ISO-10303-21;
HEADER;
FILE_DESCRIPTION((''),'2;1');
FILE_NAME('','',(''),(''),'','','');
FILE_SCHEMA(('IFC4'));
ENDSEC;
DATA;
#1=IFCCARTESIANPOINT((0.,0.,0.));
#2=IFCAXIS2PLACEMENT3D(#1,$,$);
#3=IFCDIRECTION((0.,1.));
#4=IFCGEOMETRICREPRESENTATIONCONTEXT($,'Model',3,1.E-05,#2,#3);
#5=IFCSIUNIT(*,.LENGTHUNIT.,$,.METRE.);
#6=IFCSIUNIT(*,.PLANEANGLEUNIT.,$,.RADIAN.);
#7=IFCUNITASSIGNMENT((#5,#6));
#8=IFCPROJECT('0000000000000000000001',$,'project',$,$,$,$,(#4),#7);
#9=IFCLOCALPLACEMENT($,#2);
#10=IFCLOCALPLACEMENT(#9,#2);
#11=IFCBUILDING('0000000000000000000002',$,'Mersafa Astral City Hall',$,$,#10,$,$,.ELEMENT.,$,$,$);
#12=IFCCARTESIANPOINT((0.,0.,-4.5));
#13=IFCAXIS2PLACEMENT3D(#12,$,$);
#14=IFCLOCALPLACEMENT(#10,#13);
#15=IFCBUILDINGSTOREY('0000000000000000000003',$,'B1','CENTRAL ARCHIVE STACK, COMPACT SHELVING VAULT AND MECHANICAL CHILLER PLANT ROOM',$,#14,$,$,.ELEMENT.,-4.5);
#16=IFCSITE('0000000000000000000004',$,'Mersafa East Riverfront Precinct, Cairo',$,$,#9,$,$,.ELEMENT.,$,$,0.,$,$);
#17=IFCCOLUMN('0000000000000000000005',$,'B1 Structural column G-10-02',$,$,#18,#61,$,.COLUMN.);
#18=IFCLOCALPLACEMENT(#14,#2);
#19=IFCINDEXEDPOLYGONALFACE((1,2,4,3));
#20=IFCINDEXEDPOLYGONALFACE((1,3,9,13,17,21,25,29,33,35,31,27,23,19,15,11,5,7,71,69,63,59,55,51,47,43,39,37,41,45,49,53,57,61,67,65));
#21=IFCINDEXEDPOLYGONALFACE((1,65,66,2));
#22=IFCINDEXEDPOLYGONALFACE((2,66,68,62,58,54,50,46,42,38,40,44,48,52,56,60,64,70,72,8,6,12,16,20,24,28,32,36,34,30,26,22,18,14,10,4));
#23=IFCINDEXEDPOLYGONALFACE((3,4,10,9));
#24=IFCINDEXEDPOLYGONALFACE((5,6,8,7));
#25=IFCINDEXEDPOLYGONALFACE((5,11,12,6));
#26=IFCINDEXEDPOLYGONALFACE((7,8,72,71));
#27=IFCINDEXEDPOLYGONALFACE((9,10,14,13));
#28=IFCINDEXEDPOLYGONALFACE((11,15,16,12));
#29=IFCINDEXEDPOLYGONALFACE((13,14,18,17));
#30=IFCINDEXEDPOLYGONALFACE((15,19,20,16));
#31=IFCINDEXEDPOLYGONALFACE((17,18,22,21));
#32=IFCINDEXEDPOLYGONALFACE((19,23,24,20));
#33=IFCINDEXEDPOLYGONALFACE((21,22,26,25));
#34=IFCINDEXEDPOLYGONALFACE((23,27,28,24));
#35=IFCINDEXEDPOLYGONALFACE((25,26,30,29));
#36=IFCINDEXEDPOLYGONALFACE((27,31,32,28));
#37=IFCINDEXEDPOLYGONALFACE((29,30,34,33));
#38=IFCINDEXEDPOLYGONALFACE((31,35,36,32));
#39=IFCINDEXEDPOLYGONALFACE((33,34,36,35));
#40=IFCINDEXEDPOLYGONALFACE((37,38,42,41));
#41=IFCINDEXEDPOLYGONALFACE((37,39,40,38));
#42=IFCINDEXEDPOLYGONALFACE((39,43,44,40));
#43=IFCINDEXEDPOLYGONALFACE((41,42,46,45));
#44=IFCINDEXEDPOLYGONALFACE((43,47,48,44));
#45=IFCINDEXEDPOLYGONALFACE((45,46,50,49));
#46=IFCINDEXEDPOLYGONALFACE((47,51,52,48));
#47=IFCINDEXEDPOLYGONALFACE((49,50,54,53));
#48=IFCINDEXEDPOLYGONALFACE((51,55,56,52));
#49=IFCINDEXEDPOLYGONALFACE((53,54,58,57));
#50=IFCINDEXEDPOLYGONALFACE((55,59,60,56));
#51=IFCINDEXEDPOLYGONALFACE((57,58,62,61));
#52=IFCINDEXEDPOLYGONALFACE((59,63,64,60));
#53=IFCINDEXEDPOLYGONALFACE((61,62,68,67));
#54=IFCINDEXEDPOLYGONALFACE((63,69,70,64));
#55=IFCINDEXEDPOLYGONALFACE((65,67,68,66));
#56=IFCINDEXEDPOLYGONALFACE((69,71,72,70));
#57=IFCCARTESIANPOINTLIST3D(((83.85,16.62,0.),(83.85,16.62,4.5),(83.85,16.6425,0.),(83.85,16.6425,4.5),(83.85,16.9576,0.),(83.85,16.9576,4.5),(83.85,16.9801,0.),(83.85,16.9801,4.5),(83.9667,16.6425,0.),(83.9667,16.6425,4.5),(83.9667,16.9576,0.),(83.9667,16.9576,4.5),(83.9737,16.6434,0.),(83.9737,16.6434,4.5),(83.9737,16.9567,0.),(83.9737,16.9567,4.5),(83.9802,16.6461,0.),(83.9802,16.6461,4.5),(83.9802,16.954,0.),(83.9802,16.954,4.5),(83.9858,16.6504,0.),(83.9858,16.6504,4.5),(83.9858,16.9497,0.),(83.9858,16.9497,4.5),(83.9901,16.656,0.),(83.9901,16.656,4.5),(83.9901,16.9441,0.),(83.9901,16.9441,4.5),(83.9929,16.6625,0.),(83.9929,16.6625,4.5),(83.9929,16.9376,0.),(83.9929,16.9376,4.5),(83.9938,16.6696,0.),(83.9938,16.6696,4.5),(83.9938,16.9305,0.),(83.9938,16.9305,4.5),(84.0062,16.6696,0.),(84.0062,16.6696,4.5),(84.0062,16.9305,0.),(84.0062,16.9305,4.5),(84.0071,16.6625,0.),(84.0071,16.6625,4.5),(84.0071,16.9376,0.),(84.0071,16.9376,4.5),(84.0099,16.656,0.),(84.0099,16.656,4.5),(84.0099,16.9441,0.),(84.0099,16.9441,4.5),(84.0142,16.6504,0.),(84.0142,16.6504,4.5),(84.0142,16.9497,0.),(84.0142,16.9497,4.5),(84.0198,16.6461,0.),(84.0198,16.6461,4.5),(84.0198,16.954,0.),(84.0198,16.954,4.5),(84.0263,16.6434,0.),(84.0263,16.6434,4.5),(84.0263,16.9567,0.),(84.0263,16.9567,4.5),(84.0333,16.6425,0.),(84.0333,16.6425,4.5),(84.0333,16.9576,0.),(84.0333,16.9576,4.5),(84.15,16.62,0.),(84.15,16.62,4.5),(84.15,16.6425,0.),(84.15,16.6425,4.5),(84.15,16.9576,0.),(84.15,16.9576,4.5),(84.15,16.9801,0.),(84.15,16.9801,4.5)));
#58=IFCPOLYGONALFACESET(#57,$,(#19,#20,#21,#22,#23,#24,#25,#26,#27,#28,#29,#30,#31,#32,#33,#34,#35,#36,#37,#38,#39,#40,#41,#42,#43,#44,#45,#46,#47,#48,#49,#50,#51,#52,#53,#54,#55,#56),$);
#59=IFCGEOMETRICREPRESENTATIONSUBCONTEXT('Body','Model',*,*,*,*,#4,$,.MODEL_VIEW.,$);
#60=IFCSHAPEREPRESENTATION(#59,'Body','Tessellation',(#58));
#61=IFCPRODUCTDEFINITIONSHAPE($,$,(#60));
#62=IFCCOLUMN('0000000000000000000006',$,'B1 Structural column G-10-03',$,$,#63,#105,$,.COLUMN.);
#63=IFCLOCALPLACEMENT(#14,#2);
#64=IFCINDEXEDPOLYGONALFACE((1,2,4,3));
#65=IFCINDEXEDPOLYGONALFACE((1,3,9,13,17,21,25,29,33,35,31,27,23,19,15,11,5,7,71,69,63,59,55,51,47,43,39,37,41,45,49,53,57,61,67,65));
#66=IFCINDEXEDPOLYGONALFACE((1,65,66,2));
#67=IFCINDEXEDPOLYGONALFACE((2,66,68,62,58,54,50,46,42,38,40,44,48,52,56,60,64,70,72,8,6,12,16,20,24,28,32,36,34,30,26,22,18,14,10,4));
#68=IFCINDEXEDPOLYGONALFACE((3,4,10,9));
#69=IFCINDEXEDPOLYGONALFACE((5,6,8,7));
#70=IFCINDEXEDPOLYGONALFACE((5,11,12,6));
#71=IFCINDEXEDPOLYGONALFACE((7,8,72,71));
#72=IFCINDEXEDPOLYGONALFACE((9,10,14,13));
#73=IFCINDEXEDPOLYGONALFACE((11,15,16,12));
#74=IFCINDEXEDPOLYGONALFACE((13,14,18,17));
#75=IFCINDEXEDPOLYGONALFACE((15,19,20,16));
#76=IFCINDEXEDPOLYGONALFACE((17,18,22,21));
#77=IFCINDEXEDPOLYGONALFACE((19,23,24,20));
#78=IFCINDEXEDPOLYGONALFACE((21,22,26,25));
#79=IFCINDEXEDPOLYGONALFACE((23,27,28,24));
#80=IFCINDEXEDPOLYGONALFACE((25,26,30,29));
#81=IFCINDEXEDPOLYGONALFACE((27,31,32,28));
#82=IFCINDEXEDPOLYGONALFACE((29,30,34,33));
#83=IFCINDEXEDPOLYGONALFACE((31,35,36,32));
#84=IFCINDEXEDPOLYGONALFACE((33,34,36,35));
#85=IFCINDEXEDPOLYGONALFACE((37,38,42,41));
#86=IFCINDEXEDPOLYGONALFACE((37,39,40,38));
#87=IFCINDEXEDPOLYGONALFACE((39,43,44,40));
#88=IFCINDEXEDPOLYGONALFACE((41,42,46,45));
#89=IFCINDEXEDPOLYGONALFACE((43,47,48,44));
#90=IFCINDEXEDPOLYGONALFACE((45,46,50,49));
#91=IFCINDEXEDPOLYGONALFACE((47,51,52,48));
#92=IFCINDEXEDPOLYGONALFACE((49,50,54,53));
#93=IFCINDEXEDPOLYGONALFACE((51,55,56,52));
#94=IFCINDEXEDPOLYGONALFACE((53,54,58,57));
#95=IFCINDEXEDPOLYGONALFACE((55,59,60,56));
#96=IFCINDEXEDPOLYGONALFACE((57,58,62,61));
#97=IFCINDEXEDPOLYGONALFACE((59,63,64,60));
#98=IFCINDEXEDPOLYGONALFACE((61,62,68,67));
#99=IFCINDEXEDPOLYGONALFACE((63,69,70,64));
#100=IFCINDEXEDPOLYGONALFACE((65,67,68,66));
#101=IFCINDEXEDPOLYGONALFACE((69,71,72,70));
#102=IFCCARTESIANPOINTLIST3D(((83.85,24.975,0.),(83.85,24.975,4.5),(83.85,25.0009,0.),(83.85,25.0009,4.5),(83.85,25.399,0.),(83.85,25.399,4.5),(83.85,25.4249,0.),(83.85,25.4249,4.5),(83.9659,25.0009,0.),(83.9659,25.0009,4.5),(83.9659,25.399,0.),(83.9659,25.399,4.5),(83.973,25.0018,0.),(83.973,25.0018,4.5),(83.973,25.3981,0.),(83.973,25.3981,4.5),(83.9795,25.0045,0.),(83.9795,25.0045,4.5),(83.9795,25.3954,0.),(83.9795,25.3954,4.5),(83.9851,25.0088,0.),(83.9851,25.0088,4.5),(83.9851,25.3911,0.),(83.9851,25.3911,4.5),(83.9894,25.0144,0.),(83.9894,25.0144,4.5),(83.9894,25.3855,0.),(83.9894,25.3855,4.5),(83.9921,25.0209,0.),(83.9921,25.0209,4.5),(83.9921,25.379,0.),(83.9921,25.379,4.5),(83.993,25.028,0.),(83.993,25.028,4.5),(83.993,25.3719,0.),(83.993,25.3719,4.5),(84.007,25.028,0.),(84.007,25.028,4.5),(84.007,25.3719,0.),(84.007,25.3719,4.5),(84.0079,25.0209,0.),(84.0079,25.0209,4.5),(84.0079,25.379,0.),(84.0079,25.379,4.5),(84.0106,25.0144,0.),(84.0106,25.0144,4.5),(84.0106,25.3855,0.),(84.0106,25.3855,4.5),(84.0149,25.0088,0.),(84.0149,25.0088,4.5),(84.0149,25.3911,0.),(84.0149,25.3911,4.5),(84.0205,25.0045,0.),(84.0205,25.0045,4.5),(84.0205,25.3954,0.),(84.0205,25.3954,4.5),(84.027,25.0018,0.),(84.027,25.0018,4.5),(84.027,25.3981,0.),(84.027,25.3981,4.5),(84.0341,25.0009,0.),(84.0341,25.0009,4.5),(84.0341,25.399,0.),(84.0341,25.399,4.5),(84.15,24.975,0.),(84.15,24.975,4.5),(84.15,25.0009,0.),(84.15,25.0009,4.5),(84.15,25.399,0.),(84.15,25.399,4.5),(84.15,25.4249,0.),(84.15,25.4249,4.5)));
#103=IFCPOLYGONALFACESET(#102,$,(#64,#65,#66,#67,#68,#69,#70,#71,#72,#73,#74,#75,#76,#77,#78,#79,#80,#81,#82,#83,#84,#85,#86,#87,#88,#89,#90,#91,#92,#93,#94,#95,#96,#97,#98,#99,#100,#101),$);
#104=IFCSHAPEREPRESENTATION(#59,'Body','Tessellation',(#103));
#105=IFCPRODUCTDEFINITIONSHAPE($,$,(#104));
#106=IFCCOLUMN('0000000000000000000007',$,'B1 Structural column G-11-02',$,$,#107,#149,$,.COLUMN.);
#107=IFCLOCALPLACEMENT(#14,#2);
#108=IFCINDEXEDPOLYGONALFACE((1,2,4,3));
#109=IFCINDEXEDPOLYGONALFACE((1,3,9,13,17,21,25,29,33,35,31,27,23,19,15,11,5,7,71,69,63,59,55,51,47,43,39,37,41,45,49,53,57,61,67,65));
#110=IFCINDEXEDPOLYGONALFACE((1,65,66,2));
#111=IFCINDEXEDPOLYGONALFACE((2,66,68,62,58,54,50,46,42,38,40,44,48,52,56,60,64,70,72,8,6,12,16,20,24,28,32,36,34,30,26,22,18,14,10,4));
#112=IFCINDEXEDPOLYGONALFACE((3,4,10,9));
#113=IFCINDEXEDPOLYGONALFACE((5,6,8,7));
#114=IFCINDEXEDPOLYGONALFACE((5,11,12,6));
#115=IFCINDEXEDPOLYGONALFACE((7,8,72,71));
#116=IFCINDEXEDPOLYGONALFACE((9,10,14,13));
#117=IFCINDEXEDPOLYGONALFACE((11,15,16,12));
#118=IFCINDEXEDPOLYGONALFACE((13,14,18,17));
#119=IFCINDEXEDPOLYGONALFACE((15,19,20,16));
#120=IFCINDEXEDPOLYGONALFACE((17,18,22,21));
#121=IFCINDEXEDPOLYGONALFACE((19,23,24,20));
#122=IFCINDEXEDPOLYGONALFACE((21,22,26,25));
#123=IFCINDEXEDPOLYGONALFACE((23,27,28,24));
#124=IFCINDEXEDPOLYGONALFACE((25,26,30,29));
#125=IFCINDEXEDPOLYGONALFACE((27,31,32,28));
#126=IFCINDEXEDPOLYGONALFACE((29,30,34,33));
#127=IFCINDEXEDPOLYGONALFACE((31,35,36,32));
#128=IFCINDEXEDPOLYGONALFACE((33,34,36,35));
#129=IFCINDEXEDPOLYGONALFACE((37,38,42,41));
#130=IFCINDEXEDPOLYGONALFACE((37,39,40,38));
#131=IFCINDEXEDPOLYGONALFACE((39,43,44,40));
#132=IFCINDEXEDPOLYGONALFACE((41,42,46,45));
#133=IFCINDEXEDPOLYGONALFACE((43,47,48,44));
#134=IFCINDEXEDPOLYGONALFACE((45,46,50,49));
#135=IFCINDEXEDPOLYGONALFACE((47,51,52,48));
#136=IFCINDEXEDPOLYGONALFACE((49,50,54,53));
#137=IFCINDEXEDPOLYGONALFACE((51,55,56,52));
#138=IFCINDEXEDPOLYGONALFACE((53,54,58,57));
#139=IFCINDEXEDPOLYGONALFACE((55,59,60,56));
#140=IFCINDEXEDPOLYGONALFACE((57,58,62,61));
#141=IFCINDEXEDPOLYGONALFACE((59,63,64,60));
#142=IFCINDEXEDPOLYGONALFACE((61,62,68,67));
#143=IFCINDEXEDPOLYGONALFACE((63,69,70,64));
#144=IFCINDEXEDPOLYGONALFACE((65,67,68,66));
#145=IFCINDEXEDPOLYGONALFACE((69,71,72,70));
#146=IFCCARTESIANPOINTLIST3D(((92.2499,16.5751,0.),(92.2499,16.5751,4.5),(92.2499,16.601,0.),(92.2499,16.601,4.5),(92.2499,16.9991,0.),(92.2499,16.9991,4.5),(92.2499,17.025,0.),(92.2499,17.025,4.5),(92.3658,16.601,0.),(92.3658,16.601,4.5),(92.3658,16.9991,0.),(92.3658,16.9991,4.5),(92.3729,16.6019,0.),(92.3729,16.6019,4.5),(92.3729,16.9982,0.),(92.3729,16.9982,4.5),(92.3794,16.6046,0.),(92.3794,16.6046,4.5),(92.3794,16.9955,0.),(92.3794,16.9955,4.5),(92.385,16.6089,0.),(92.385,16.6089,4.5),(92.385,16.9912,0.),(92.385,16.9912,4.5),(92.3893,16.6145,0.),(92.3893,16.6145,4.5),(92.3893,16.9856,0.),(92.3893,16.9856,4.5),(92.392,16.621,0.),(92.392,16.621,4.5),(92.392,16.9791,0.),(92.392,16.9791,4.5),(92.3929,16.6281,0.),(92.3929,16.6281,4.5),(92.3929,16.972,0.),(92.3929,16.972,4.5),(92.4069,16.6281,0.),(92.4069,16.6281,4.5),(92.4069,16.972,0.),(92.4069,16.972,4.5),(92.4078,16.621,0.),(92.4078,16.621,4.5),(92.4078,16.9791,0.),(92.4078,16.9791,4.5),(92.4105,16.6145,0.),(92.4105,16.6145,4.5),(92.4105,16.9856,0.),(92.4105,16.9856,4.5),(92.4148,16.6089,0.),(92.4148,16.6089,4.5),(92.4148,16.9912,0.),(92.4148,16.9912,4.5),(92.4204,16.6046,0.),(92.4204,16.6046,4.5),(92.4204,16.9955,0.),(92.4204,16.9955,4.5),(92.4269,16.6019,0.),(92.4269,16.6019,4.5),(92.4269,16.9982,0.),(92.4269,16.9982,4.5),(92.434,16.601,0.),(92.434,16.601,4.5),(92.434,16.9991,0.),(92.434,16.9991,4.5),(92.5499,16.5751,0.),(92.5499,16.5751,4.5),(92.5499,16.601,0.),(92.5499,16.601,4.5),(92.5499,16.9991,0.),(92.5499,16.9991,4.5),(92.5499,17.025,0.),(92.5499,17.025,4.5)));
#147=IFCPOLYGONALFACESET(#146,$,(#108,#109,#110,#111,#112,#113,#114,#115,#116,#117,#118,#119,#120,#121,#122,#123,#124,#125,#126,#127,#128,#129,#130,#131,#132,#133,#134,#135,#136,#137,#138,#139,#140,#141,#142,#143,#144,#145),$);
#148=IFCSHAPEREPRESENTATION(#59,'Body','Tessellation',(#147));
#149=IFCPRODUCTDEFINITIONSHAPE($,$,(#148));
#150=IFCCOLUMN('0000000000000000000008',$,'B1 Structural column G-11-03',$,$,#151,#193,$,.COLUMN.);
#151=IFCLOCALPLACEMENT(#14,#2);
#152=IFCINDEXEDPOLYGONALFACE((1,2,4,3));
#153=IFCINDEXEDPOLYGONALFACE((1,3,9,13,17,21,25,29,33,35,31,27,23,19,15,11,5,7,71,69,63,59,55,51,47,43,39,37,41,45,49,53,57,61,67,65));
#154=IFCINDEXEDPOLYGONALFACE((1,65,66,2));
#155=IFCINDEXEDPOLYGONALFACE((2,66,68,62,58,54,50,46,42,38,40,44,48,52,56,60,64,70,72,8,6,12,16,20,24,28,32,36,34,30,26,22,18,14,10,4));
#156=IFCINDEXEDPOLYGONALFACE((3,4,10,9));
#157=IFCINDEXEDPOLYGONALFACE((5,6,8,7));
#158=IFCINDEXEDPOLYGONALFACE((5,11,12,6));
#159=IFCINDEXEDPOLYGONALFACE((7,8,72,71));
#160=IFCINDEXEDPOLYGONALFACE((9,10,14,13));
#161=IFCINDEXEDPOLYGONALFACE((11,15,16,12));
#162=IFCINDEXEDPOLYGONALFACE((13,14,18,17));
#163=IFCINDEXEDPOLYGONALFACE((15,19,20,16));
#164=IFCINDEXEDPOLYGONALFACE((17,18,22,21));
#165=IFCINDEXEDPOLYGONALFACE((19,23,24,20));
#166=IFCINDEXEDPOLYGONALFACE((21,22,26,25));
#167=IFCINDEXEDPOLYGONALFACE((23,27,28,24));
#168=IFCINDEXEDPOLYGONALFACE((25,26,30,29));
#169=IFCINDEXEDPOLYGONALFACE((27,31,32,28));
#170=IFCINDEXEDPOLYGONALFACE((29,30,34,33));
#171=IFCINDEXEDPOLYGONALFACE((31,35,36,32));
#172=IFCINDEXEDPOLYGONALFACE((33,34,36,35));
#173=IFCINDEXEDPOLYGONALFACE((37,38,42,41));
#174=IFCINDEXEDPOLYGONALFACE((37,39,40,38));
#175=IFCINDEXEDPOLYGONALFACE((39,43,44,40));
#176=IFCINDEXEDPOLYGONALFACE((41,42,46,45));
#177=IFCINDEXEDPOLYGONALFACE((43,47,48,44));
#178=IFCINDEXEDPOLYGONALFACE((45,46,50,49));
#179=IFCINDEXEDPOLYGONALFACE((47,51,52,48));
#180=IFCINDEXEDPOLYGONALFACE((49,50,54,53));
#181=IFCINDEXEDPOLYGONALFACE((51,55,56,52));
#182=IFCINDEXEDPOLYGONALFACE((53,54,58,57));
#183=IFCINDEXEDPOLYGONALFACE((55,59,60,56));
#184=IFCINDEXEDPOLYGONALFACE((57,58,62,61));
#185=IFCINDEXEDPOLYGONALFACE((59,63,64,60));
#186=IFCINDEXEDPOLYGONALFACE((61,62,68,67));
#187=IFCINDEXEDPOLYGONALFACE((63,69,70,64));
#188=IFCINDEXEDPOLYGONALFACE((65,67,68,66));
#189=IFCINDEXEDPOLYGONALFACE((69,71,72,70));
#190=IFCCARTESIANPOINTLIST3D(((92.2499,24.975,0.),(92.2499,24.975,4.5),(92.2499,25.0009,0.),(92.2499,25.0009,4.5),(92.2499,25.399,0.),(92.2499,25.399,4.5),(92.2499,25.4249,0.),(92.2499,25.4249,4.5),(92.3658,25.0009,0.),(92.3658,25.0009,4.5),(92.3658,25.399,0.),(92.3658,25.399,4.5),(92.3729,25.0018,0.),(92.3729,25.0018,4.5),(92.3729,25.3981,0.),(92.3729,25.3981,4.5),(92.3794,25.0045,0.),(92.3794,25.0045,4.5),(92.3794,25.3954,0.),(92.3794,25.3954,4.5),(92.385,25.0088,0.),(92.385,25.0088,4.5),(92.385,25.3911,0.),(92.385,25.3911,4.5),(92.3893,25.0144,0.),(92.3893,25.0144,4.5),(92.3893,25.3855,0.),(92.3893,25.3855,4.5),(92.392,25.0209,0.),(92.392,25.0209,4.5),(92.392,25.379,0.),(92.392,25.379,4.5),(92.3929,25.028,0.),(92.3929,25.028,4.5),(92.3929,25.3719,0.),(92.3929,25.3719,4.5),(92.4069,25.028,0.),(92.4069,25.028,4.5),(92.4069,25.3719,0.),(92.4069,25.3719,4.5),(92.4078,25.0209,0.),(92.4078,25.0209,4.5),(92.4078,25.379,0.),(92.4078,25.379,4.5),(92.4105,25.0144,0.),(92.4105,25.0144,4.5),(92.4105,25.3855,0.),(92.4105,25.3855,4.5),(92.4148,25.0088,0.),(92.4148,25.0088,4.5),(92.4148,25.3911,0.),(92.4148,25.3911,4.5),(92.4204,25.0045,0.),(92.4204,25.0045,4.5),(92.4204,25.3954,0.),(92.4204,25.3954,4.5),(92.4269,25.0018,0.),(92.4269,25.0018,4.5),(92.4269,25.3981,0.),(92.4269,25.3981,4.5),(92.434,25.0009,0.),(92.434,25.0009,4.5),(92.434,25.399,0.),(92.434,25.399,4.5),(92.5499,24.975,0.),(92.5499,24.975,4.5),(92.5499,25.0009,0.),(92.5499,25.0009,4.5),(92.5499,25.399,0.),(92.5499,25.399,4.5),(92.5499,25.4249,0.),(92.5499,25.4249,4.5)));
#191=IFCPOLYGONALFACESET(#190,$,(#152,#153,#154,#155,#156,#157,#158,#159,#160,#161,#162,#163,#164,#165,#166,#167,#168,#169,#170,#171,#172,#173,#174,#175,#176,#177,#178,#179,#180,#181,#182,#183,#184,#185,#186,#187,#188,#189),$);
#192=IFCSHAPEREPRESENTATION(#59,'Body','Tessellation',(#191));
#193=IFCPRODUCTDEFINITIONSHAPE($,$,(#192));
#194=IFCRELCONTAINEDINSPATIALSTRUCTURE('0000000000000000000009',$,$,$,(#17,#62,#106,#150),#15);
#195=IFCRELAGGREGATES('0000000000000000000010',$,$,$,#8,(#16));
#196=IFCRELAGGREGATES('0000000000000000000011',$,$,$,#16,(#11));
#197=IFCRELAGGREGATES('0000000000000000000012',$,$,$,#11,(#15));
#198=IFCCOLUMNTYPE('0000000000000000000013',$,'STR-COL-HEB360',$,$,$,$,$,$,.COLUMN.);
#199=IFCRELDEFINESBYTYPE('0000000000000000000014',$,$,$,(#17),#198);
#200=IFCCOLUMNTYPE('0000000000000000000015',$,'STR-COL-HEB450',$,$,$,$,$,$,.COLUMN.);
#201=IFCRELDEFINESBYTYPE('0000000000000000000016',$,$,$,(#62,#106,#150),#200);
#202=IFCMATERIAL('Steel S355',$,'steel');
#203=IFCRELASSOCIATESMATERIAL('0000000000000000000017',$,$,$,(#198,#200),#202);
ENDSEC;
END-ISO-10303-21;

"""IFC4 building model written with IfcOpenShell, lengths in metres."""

from ifc_helpers import new_model, si_unit, direction, frame, origin, origin_2d, place, context, subcontext, project, spatial, i_section, extrude, material, material_profile, profile_set, type_object, element, save


model = new_model("IFC4")

# Units and contexts
model_context = context("Model", 3, precision=1e-05, world=origin(), true_north=direction((0.0, 1.0)))
body_context = subcontext(model_context, "Body", "Model", "MODEL_VIEW")
ifc_project = project(units=[si_unit("LENGTHUNIT", "METRE"), si_unit("PLANEANGLEUNIT", "RADIAN")], contexts=[model_context])

# Site, building, storey
site_placement = place(None, origin())
site = spatial("IfcSite", under=ifc_project, at=site_placement, Name="Mersafa East Riverfront Precinct, Cairo", CompositionType="ELEMENT", RefElevation=0.0)
building_placement = place(site_placement, origin())
building = spatial("IfcBuilding", under=site, at=building_placement, Name="Mersafa Astral City Hall", CompositionType="ELEMENT")
storey_placement = place(building_placement, frame((0.0, 0.0, -4.5)))
storey = spatial("IfcBuildingStorey", under=building, at=storey_placement, Name="B1", Description="CENTRAL ARCHIVE STACK, COMPACT SHELVING VAULT AND MECHANICAL CHILLER PLANT ROOM", CompositionType="ELEMENT", Elevation=-4.5)

# Columns
ifc_material_1 = material(Name="Steel S355", Category="steel")
ifc_material_profile_1 = material_profile(ifc_material_1, i_section(OverallWidth=0.3, OverallDepth=0.3601, WebThickness=0.0125, FlangeThickness=0.0225, FilletRadius=0.0271, at=origin_2d()), Name="HEB 360")
ifc_profile_set_1 = profile_set([ifc_material_profile_1], Name="Steel S355")
column_type_1 = type_object("IfcColumnType", Name="STR-COL-HEB360", PredefinedType="COLUMN", material=ifc_profile_set_1)
column_1_placement = place(storey_placement, frame((84.0, 16.8, 0.0), z_axis=(0.0, 0.0, 1.0), x_axis=(1.0, 0.0, 0.0)))
element("IfcColumn", 1, at=column_1_placement, inside=storey, type_object=column_type_1, Name="B1 Structural column G-10-02", PredefinedType="COLUMN", context=body_context, shape_type="SweptSolid", body=[
    extrude(i_section(OverallWidth=0.3, OverallDepth=0.3601, WebThickness=0.0125, FlangeThickness=0.0225, FilletRadius=0.0271, at=origin_2d()), origin(), (0.0, 0.0, 1.0), 4.5),
])
ifc_material_profile_2 = material_profile(ifc_material_1, i_section(OverallWidth=0.3, OverallDepth=0.45, WebThickness=0.0139, FlangeThickness=0.0259, FilletRadius=0.0271, at=origin_2d()), Name="HEB 450")
ifc_profile_set_2 = profile_set([ifc_material_profile_2], Name="Steel S355")
column_type_2 = type_object("IfcColumnType", Name="STR-COL-HEB450", PredefinedType="COLUMN", material=ifc_profile_set_2)
for number, where, z_axis, x_axis, name in (
    (2, (84.0, 25.2, 0.0), (0.0, 0.0, 1.0), (1.0, 0.0, 0.0), "B1 Structural column G-10-03"),
    (3, (92.3999, 16.8, 0.0), (0.0, 0.0, 1.0), (1.0, 0.0, 0.0), "B1 Structural column G-11-02"),
    (4, (92.3999, 25.2, 0.0), (0.0, 0.0, 1.0), (1.0, 0.0, 0.0), "B1 Structural column G-11-03"),
):
    element("IfcColumn", number, at=place(storey_placement, frame(where, z_axis=z_axis, x_axis=x_axis)), inside=storey, type_object=column_type_2, Name=name, PredefinedType="COLUMN", context=body_context, shape_type="SweptSolid", body=[
        extrude(i_section(OverallWidth=0.3, OverallDepth=0.45, WebThickness=0.0139, FlangeThickness=0.0259, FilletRadius=0.0271, at=origin_2d()), origin(), (0.0, 0.0, 1.0), 4.5),
    ])

save(model, "model.ifc")
